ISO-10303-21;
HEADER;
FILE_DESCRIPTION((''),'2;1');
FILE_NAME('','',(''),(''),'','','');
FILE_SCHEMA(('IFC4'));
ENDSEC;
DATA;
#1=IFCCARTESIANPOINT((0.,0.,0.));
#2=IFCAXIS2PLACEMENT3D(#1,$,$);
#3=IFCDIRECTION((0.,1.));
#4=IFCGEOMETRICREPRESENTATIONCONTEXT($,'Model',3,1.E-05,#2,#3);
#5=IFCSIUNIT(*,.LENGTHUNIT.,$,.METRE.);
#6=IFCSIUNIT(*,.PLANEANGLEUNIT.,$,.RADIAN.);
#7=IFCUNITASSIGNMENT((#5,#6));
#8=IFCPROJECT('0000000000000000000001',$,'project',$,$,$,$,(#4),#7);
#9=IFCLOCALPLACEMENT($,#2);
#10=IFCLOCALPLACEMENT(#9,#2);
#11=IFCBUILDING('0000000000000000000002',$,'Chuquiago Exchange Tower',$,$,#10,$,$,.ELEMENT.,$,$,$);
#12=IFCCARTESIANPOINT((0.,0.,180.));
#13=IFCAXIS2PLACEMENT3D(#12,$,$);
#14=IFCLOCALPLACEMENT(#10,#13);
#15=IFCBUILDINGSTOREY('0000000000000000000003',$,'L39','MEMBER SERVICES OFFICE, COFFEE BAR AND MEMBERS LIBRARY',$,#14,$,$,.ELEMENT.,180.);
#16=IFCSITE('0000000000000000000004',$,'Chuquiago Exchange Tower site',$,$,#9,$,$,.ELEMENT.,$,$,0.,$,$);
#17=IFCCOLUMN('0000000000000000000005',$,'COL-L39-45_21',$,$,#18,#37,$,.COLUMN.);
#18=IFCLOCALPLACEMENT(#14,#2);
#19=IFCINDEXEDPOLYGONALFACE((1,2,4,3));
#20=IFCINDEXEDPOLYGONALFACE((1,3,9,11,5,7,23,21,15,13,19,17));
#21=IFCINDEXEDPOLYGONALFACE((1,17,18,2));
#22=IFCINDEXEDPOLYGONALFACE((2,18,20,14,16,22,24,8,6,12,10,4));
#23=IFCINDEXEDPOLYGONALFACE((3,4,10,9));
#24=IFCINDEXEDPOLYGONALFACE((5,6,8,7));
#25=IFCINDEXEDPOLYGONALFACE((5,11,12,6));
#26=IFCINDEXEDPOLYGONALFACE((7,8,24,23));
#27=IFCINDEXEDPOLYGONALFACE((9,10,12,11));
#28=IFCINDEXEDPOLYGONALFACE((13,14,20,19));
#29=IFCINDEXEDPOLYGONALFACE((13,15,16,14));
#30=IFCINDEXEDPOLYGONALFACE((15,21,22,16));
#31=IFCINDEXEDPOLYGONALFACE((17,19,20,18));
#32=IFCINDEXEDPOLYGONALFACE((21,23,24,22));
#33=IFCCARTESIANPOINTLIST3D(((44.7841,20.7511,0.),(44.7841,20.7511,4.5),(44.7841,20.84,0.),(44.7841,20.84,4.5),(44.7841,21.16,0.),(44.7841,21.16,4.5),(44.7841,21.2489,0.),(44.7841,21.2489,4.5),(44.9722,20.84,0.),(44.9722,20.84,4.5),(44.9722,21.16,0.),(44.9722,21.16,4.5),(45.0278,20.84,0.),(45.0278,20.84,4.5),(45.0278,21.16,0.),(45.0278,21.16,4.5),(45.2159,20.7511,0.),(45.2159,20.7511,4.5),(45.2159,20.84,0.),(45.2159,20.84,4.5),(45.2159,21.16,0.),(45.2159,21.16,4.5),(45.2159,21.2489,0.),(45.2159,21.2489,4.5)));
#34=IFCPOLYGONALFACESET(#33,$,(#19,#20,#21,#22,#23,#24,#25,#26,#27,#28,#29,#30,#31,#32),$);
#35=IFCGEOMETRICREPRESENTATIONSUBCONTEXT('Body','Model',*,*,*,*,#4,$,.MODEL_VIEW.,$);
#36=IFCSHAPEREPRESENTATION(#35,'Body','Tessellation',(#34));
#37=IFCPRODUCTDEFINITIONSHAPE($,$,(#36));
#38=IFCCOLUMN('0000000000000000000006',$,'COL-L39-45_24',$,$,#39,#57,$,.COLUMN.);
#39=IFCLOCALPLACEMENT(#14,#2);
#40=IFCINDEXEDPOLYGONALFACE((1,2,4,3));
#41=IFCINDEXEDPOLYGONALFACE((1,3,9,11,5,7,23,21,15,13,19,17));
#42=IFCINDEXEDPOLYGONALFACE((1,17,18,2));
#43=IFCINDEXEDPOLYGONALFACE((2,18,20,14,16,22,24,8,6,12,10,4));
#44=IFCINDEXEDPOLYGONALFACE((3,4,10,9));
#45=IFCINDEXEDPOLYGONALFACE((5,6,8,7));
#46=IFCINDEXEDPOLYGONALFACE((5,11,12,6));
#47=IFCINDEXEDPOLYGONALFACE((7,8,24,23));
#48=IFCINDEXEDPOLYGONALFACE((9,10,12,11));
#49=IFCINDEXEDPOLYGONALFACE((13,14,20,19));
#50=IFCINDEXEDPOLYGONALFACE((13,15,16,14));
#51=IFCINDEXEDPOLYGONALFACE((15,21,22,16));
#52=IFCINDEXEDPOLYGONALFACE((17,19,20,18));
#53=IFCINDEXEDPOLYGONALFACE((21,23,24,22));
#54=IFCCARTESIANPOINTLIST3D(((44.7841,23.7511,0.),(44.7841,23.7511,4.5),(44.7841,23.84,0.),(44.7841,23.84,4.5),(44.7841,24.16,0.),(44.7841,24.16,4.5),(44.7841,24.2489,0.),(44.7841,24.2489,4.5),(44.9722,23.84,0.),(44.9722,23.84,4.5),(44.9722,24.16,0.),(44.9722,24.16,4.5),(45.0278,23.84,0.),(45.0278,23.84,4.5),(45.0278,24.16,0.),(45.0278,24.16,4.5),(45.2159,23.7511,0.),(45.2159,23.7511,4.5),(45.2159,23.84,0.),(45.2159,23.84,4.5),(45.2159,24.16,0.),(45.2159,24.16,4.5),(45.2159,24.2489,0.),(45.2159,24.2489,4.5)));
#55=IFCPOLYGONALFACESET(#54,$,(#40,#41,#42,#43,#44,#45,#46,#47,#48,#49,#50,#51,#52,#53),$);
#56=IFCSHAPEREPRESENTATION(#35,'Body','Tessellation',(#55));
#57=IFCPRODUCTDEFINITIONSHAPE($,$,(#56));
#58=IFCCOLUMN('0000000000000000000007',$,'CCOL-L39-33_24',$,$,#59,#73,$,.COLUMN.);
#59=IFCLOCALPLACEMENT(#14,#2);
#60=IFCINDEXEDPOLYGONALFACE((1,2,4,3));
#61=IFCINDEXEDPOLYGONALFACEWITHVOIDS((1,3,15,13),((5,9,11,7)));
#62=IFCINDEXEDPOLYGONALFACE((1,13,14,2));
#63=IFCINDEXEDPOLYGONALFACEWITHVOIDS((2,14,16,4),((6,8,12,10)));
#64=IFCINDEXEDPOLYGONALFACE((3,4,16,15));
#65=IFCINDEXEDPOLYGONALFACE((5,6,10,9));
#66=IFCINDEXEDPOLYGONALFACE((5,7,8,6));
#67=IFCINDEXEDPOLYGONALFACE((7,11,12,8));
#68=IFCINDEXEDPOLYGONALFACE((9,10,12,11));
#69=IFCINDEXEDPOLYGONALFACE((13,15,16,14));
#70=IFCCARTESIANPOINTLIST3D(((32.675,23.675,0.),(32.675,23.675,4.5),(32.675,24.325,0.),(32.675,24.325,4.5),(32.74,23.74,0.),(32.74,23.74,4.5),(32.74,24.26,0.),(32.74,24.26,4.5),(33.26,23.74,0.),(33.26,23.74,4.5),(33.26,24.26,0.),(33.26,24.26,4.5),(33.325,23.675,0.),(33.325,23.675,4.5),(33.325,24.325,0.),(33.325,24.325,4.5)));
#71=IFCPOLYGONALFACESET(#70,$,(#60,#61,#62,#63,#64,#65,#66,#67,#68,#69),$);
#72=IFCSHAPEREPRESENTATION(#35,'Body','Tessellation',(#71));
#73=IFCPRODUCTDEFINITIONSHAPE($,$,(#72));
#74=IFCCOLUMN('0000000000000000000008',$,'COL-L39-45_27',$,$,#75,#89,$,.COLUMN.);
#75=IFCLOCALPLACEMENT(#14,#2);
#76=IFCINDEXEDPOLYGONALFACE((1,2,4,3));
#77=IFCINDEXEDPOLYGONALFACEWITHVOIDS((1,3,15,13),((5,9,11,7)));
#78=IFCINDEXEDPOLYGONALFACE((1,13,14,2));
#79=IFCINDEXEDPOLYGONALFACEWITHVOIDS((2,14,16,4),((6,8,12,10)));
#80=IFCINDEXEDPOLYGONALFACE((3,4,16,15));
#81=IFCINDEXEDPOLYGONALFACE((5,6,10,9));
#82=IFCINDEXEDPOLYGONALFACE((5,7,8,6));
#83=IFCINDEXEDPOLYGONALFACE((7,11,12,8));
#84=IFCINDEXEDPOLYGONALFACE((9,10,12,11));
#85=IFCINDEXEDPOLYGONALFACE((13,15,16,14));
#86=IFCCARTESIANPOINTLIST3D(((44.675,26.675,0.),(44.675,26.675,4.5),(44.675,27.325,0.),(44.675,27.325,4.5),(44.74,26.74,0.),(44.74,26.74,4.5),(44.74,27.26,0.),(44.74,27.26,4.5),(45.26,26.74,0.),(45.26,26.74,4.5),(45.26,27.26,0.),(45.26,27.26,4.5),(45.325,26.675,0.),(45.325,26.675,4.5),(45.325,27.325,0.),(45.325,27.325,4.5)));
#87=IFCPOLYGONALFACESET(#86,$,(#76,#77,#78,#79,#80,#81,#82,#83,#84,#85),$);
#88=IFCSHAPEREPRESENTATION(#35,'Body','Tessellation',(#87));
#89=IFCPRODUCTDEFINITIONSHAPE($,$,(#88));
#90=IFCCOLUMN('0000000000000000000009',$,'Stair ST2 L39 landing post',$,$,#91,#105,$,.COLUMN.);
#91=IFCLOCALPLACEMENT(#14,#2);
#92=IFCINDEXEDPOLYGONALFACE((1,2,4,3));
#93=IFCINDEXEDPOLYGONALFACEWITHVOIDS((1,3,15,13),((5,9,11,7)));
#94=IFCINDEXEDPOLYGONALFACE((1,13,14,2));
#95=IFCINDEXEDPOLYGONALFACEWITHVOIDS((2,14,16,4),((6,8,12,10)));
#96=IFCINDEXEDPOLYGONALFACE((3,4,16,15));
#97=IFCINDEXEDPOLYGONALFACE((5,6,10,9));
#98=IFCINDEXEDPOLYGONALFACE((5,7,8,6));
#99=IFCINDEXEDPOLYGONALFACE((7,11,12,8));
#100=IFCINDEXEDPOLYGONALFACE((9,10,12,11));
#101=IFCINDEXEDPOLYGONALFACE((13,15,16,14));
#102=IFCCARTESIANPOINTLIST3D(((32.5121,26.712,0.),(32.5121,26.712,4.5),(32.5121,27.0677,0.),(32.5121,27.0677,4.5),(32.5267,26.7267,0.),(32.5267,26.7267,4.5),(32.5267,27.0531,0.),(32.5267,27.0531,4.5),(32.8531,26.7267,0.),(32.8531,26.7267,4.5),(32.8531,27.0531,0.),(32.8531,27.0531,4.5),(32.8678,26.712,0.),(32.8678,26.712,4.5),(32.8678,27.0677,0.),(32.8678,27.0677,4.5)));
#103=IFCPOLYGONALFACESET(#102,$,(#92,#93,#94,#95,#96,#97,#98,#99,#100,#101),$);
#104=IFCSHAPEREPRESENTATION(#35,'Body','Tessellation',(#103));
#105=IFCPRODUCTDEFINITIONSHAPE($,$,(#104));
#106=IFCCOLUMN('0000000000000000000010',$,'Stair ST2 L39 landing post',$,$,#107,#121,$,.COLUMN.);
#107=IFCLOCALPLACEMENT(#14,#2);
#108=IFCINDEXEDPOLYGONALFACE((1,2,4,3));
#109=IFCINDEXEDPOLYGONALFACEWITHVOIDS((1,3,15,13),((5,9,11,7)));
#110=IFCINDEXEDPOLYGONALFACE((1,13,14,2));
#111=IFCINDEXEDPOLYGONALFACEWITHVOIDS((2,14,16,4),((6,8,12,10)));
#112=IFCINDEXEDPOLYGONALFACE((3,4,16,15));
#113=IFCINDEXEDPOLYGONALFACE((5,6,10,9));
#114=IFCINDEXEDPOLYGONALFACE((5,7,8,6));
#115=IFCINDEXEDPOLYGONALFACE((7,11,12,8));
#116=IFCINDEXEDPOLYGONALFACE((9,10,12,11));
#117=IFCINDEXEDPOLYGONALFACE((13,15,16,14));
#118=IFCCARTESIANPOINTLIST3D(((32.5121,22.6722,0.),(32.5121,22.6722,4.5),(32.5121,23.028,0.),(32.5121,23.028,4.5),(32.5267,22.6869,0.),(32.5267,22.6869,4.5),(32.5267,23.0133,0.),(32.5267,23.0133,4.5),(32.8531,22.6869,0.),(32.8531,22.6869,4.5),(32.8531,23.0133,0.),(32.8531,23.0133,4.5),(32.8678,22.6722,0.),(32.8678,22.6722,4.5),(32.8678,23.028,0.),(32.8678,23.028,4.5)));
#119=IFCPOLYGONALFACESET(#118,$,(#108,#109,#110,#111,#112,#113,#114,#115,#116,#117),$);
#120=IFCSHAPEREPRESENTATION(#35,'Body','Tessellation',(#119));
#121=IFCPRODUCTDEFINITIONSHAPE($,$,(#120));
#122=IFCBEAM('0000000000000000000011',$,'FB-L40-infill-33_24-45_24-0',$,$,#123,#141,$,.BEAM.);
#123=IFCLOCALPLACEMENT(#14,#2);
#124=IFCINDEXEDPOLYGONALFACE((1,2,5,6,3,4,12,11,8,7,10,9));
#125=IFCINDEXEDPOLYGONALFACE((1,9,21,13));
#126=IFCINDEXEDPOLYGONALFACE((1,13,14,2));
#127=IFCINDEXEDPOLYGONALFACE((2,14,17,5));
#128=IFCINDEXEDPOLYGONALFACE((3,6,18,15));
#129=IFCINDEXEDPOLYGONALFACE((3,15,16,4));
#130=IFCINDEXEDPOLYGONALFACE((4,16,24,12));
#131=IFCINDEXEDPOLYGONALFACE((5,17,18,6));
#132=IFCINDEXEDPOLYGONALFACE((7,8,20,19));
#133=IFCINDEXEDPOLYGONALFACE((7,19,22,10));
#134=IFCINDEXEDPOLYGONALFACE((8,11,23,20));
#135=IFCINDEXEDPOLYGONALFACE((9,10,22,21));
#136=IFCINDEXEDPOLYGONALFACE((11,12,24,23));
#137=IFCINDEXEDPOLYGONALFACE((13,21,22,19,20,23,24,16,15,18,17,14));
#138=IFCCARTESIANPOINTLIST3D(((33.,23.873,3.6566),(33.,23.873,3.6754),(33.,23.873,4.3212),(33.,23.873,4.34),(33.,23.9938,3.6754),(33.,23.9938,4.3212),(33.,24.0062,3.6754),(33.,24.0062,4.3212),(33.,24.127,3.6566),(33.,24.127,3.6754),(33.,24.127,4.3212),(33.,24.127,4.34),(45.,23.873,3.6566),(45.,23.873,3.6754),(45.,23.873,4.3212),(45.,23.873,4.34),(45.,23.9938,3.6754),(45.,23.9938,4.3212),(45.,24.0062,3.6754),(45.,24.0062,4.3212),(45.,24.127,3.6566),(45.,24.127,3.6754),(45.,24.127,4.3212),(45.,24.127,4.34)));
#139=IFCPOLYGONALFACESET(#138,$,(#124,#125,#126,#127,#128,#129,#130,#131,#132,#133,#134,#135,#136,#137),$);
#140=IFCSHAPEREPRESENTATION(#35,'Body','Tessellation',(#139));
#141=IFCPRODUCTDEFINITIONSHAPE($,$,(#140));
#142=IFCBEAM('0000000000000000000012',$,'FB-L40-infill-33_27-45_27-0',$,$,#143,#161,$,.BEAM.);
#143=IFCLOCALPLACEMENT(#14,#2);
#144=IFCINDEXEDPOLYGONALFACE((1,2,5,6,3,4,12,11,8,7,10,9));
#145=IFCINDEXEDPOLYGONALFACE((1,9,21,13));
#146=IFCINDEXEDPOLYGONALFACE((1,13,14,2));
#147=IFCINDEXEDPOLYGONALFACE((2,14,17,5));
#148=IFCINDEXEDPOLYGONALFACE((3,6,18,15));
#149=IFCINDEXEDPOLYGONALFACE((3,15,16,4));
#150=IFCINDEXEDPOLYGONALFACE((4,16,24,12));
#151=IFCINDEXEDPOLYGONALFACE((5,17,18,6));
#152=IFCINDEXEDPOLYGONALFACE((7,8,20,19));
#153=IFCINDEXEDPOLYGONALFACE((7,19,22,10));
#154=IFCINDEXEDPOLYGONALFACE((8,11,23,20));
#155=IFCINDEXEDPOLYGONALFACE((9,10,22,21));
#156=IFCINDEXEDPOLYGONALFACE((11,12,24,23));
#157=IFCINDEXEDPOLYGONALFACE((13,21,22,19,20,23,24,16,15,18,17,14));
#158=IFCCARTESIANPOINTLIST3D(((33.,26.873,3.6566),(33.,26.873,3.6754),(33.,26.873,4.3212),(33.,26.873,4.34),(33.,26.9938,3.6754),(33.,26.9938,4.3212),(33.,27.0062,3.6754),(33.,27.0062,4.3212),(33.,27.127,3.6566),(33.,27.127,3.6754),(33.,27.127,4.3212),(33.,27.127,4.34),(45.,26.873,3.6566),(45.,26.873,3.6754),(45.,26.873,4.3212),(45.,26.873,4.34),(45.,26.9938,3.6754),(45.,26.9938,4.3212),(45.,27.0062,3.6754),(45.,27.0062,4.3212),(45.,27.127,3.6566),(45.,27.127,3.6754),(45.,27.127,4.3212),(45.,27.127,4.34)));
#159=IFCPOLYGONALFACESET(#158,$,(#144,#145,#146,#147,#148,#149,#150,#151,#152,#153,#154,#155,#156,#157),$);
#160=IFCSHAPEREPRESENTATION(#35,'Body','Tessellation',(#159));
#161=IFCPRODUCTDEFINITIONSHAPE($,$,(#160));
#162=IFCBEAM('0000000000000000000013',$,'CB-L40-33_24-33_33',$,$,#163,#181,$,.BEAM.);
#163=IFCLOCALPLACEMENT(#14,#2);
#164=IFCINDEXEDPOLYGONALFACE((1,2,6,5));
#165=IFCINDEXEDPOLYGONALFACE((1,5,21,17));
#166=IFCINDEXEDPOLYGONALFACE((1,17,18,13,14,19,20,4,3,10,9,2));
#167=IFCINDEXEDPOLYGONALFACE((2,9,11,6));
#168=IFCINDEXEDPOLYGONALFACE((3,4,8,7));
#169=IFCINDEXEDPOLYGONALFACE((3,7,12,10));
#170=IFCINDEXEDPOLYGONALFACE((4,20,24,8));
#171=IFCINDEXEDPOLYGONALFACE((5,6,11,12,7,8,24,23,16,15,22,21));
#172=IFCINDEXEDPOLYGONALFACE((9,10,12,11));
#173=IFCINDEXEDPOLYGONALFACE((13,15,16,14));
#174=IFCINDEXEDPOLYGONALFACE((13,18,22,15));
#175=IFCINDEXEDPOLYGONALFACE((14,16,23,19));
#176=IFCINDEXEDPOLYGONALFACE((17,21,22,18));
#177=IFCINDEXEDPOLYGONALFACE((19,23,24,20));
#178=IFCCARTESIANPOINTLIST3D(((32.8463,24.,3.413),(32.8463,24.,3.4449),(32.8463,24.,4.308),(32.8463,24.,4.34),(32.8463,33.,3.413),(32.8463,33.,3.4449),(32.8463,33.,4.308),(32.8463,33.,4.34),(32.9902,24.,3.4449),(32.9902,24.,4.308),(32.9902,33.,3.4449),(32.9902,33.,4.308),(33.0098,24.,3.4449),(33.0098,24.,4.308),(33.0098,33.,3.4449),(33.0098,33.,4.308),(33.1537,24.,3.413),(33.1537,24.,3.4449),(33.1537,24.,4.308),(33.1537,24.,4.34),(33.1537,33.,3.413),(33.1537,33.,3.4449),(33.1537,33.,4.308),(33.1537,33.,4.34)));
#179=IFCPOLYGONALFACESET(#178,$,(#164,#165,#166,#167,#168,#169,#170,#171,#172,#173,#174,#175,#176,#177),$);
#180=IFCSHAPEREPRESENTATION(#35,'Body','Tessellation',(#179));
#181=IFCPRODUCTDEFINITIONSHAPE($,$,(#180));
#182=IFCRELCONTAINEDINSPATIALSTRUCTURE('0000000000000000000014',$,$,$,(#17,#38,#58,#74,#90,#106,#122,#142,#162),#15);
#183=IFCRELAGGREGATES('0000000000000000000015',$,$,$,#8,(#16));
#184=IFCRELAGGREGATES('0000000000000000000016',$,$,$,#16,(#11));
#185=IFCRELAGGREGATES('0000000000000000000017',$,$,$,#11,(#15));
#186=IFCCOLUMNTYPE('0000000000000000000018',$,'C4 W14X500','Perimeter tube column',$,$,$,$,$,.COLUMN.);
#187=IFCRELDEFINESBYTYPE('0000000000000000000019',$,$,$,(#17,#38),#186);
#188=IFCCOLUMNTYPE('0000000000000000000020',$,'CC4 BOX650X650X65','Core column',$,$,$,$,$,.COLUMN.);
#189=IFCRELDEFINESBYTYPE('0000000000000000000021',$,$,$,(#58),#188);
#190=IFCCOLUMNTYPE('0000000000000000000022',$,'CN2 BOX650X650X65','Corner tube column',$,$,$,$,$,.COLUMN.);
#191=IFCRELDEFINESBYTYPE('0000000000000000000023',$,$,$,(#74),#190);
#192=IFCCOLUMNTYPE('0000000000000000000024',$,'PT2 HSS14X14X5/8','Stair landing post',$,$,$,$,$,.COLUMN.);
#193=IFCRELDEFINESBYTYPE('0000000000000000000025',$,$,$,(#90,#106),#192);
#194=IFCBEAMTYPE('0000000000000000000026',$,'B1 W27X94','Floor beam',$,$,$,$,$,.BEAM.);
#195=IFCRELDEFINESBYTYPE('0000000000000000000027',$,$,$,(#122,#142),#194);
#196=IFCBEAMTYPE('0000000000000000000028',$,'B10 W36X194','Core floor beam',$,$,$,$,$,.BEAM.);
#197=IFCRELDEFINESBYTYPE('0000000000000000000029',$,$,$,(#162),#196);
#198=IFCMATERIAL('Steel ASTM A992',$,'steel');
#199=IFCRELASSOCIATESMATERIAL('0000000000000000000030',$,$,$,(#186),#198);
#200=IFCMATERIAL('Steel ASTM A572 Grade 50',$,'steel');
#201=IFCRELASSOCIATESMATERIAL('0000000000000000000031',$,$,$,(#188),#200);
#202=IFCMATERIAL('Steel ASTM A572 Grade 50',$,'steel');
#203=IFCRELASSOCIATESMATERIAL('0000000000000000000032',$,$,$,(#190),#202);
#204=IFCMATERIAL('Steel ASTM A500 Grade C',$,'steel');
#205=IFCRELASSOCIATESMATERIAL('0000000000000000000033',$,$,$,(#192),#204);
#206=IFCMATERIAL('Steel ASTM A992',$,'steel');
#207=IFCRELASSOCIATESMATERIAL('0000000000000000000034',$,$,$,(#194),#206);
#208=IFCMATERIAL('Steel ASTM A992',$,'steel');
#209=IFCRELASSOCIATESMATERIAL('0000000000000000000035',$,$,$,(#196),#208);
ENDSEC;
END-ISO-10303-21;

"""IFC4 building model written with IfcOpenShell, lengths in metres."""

from ifc_helpers import new_model, si_unit, direction, frame, origin, origin_2d, place, context, subcontext, project, spatial, hollow_rectangle, i_section, extrude, material, material_profile, profile_set, type_object, element, save


model = new_model("IFC4")

# Units and contexts
model_context = context("Model", 3, precision=1e-05, world=origin(), true_north=direction((0.0, 1.0)))
body_context = subcontext(model_context, "Body", "Model", "MODEL_VIEW")
ifc_project = project(units=[si_unit("LENGTHUNIT", "METRE"), si_unit("PLANEANGLEUNIT", "RADIAN")], contexts=[model_context])

# Site, building, storey
site_placement = place(None, origin())
site = spatial("IfcSite", under=ifc_project, at=site_placement, Name="Chuquiago Exchange Tower site", CompositionType="ELEMENT", RefElevation=0.0)
building_placement = place(site_placement, origin())
building = spatial("IfcBuilding", under=site, at=building_placement, Name="Chuquiago Exchange Tower", CompositionType="ELEMENT")
storey_placement = place(building_placement, frame((0.0, 0.0, 180.0)))
storey = spatial("IfcBuildingStorey", under=building, at=storey_placement, Name="L39", Description="MEMBER SERVICES OFFICE, COFFEE BAR AND MEMBERS LIBRARY", CompositionType="ELEMENT", Elevation=180.0)

# Columns
ifc_material_1 = material(Name="Steel ASTM A992", Category="steel")
ifc_material_profile_1 = material_profile(ifc_material_1, i_section(OverallWidth=0.4319, OverallDepth=0.4978, WebThickness=0.0557, FlangeThickness=0.0889, at=origin_2d()), Name="W14X500")
ifc_profile_set_1 = profile_set([ifc_material_profile_1], Name="Steel ASTM A992")
column_type_1 = type_object("IfcColumnType", Name="C4 W14X500", Description="Perimeter tube column", PredefinedType="COLUMN", material=ifc_profile_set_1)
for number, where, z_axis, x_axis, name in (
    (1, (45.0, 21.0, 0.0), (0.0, 0.0, 1.0), (1.0, 0.0, 0.0), "COL-L39-45_21"),
    (2, (45.0, 24.0, 0.0), (0.0, 0.0, 1.0), (1.0, 0.0, 0.0), "COL-L39-45_24"),
):
    element("IfcColumn", number, at=place(storey_placement, frame(where, z_axis=z_axis, x_axis=x_axis)), inside=storey, type_object=column_type_1, Name=name, PredefinedType="COLUMN", context=body_context, shape_type="SweptSolid", body=[
        extrude(i_section(OverallWidth=0.4319, OverallDepth=0.4978, WebThickness=0.0557, FlangeThickness=0.0889, at=origin_2d()), origin(), (0.0, 0.0, 1.0), 4.5),
    ])
ifc_material_2 = material(Name="Steel ASTM A572 Grade 50", Category="steel")
ifc_material_profile_2 = material_profile(ifc_material_2, hollow_rectangle(XDim=0.6499, YDim=0.6499, WallThickness=0.0649, at=origin_2d()), Name="BOX650X650X65")
ifc_profile_set_2 = profile_set([ifc_material_profile_2], Name="Steel ASTM A572 Grade 50")
column_type_2 = type_object("IfcColumnType", Name="CC4 BOX650X650X65", Description="Core column", PredefinedType="COLUMN", material=ifc_profile_set_2)
column_1_placement = place(storey_placement, frame((33.0, 24.0, 0.0), z_axis=(0.0, 0.0, 1.0), x_axis=(1.0, 0.0, 0.0)))
element("IfcColumn", 3, at=column_1_placement, inside=storey, type_object=column_type_2, Name="CCOL-L39-33_24", PredefinedType="COLUMN", context=body_context, shape_type="SweptSolid", body=[
    extrude(hollow_rectangle(XDim=0.6499, YDim=0.6499, WallThickness=0.0649, at=origin_2d()), origin(), (0.0, 0.0, 1.0), 4.5),
])
ifc_material_3 = material(Name="Steel ASTM A572 Grade 50", Category="steel")
ifc_material_profile_3 = material_profile(ifc_material_3, hollow_rectangle(XDim=0.6499, YDim=0.6499, WallThickness=0.0649, at=origin_2d()), Name="BOX650X650X65")
ifc_profile_set_3 = profile_set([ifc_material_profile_3], Name="Steel ASTM A572 Grade 50")
column_type_3 = type_object("IfcColumnType", Name="CN2 BOX650X650X65", Description="Corner tube column", PredefinedType="COLUMN", material=ifc_profile_set_3)
column_2_placement = place(storey_placement, frame((45.0, 27.0, 0.0), z_axis=(0.0, 0.0, 1.0), x_axis=(1.0, 0.0, 0.0)))
element("IfcColumn", 4, at=column_2_placement, inside=storey, type_object=column_type_3, Name="COL-L39-45_27", PredefinedType="COLUMN", context=body_context, shape_type="SweptSolid", body=[
    extrude(hollow_rectangle(XDim=0.6499, YDim=0.6499, WallThickness=0.0649, at=origin_2d()), origin(), (0.0, 0.0, 1.0), 4.5),
])
ifc_material_4 = material(Name="Steel ASTM A500 Grade C", Category="steel")
ifc_material_profile_4 = material_profile(ifc_material_4, hollow_rectangle(XDim=0.3557, YDim=0.3557, WallThickness=0.0146, at=origin_2d()), Name="HSS14X14X5/8")
ifc_profile_set_4 = profile_set([ifc_material_profile_4], Name="Steel ASTM A500 Grade C")
column_type_4 = type_object("IfcColumnType", Name="PT2 HSS14X14X5/8", Description="Stair landing post", PredefinedType="COLUMN", material=ifc_profile_set_4)
for number, where, z_axis, x_axis, name in (
    (5, (32.6899, 26.8899, 0.0), (0.0, 0.0, 1.0), (1.0, 0.0, 0.0), "Stair ST2 L39 landing post"),
    (6, (32.6899, 22.8501, 0.0), (0.0, 0.0, 1.0), (1.0, 0.0, 0.0), "Stair ST2 L39 landing post"),
):
    element("IfcColumn", number, at=place(storey_placement, frame(where, z_axis=z_axis, x_axis=x_axis)), inside=storey, type_object=column_type_4, Name=name, PredefinedType="COLUMN", context=body_context, shape_type="SweptSolid", body=[
        extrude(hollow_rectangle(XDim=0.3557, YDim=0.3557, WallThickness=0.0146, at=origin_2d()), origin(), (0.0, 0.0, 1.0), 4.5),
    ])

# Beams
ifc_material_5 = material(Name="Steel ASTM A992", Category="steel")
ifc_material_profile_5 = material_profile(ifc_material_5, i_section(OverallWidth=0.2539, OverallDepth=0.6833, WebThickness=0.0125, FlangeThickness=0.0188, at=origin_2d()), Name="W27X94")
ifc_profile_set_5 = profile_set([ifc_material_profile_5], Name="Steel ASTM A992")
beam_type_1 = type_object("IfcBeamType", Name="B1 W27X94", Description="Floor beam", PredefinedType="BEAM", material=ifc_profile_set_5)
for number, where, z_axis, x_axis, name in (
    (7, (33.0, 24.0, 3.9983), (1.0, 0.0, 0.0), (0.0, 1.0, 0.0), "FB-L40-infill-33_24-45_24-0"),
    (8, (33.0, 27.0, 3.9983), (1.0, 0.0, 0.0), (0.0, 1.0, 0.0), "FB-L40-infill-33_27-45_27-0"),
):
    element("IfcBeam", number, at=place(storey_placement, frame(where, z_axis=z_axis, x_axis=x_axis)), inside=storey, type_object=beam_type_1, Name=name, PredefinedType="BEAM", context=body_context, shape_type="SweptSolid", body=[
        extrude(i_section(OverallWidth=0.2539, OverallDepth=0.6833, WebThickness=0.0125, FlangeThickness=0.0188, at=origin_2d()), origin(), (0.0, 0.0, 1.0), 12.0),
    ])
ifc_material_6 = material(Name="Steel ASTM A992", Category="steel")
ifc_material_profile_6 = material_profile(ifc_material_6, i_section(OverallWidth=0.3074, OverallDepth=0.927, WebThickness=0.0195, FlangeThickness=0.032, at=origin_2d()), Name="W36X194")
ifc_profile_set_6 = profile_set([ifc_material_profile_6], Name="Steel ASTM A992")
beam_type_2 = type_object("IfcBeamType", Name="B10 W36X194", Description="Core floor beam", PredefinedType="BEAM", material=ifc_profile_set_6)
beam_1_placement = place(storey_placement, frame((33.0, 24.0, 3.8765), z_axis=(0.0, 1.0, 0.0), x_axis=(-1.0, 0.0, 0.0)))
element("IfcBeam", 9, at=beam_1_placement, inside=storey, type_object=beam_type_2, Name="CB-L40-33_24-33_33", PredefinedType="BEAM", context=body_context, shape_type="SweptSolid", body=[
    extrude(i_section(OverallWidth=0.3074, OverallDepth=0.927, WebThickness=0.0195, FlangeThickness=0.032, at=origin_2d()), origin(), (0.0, 0.0, 1.0), 9.0),
])

save(model, "model.ifc")
